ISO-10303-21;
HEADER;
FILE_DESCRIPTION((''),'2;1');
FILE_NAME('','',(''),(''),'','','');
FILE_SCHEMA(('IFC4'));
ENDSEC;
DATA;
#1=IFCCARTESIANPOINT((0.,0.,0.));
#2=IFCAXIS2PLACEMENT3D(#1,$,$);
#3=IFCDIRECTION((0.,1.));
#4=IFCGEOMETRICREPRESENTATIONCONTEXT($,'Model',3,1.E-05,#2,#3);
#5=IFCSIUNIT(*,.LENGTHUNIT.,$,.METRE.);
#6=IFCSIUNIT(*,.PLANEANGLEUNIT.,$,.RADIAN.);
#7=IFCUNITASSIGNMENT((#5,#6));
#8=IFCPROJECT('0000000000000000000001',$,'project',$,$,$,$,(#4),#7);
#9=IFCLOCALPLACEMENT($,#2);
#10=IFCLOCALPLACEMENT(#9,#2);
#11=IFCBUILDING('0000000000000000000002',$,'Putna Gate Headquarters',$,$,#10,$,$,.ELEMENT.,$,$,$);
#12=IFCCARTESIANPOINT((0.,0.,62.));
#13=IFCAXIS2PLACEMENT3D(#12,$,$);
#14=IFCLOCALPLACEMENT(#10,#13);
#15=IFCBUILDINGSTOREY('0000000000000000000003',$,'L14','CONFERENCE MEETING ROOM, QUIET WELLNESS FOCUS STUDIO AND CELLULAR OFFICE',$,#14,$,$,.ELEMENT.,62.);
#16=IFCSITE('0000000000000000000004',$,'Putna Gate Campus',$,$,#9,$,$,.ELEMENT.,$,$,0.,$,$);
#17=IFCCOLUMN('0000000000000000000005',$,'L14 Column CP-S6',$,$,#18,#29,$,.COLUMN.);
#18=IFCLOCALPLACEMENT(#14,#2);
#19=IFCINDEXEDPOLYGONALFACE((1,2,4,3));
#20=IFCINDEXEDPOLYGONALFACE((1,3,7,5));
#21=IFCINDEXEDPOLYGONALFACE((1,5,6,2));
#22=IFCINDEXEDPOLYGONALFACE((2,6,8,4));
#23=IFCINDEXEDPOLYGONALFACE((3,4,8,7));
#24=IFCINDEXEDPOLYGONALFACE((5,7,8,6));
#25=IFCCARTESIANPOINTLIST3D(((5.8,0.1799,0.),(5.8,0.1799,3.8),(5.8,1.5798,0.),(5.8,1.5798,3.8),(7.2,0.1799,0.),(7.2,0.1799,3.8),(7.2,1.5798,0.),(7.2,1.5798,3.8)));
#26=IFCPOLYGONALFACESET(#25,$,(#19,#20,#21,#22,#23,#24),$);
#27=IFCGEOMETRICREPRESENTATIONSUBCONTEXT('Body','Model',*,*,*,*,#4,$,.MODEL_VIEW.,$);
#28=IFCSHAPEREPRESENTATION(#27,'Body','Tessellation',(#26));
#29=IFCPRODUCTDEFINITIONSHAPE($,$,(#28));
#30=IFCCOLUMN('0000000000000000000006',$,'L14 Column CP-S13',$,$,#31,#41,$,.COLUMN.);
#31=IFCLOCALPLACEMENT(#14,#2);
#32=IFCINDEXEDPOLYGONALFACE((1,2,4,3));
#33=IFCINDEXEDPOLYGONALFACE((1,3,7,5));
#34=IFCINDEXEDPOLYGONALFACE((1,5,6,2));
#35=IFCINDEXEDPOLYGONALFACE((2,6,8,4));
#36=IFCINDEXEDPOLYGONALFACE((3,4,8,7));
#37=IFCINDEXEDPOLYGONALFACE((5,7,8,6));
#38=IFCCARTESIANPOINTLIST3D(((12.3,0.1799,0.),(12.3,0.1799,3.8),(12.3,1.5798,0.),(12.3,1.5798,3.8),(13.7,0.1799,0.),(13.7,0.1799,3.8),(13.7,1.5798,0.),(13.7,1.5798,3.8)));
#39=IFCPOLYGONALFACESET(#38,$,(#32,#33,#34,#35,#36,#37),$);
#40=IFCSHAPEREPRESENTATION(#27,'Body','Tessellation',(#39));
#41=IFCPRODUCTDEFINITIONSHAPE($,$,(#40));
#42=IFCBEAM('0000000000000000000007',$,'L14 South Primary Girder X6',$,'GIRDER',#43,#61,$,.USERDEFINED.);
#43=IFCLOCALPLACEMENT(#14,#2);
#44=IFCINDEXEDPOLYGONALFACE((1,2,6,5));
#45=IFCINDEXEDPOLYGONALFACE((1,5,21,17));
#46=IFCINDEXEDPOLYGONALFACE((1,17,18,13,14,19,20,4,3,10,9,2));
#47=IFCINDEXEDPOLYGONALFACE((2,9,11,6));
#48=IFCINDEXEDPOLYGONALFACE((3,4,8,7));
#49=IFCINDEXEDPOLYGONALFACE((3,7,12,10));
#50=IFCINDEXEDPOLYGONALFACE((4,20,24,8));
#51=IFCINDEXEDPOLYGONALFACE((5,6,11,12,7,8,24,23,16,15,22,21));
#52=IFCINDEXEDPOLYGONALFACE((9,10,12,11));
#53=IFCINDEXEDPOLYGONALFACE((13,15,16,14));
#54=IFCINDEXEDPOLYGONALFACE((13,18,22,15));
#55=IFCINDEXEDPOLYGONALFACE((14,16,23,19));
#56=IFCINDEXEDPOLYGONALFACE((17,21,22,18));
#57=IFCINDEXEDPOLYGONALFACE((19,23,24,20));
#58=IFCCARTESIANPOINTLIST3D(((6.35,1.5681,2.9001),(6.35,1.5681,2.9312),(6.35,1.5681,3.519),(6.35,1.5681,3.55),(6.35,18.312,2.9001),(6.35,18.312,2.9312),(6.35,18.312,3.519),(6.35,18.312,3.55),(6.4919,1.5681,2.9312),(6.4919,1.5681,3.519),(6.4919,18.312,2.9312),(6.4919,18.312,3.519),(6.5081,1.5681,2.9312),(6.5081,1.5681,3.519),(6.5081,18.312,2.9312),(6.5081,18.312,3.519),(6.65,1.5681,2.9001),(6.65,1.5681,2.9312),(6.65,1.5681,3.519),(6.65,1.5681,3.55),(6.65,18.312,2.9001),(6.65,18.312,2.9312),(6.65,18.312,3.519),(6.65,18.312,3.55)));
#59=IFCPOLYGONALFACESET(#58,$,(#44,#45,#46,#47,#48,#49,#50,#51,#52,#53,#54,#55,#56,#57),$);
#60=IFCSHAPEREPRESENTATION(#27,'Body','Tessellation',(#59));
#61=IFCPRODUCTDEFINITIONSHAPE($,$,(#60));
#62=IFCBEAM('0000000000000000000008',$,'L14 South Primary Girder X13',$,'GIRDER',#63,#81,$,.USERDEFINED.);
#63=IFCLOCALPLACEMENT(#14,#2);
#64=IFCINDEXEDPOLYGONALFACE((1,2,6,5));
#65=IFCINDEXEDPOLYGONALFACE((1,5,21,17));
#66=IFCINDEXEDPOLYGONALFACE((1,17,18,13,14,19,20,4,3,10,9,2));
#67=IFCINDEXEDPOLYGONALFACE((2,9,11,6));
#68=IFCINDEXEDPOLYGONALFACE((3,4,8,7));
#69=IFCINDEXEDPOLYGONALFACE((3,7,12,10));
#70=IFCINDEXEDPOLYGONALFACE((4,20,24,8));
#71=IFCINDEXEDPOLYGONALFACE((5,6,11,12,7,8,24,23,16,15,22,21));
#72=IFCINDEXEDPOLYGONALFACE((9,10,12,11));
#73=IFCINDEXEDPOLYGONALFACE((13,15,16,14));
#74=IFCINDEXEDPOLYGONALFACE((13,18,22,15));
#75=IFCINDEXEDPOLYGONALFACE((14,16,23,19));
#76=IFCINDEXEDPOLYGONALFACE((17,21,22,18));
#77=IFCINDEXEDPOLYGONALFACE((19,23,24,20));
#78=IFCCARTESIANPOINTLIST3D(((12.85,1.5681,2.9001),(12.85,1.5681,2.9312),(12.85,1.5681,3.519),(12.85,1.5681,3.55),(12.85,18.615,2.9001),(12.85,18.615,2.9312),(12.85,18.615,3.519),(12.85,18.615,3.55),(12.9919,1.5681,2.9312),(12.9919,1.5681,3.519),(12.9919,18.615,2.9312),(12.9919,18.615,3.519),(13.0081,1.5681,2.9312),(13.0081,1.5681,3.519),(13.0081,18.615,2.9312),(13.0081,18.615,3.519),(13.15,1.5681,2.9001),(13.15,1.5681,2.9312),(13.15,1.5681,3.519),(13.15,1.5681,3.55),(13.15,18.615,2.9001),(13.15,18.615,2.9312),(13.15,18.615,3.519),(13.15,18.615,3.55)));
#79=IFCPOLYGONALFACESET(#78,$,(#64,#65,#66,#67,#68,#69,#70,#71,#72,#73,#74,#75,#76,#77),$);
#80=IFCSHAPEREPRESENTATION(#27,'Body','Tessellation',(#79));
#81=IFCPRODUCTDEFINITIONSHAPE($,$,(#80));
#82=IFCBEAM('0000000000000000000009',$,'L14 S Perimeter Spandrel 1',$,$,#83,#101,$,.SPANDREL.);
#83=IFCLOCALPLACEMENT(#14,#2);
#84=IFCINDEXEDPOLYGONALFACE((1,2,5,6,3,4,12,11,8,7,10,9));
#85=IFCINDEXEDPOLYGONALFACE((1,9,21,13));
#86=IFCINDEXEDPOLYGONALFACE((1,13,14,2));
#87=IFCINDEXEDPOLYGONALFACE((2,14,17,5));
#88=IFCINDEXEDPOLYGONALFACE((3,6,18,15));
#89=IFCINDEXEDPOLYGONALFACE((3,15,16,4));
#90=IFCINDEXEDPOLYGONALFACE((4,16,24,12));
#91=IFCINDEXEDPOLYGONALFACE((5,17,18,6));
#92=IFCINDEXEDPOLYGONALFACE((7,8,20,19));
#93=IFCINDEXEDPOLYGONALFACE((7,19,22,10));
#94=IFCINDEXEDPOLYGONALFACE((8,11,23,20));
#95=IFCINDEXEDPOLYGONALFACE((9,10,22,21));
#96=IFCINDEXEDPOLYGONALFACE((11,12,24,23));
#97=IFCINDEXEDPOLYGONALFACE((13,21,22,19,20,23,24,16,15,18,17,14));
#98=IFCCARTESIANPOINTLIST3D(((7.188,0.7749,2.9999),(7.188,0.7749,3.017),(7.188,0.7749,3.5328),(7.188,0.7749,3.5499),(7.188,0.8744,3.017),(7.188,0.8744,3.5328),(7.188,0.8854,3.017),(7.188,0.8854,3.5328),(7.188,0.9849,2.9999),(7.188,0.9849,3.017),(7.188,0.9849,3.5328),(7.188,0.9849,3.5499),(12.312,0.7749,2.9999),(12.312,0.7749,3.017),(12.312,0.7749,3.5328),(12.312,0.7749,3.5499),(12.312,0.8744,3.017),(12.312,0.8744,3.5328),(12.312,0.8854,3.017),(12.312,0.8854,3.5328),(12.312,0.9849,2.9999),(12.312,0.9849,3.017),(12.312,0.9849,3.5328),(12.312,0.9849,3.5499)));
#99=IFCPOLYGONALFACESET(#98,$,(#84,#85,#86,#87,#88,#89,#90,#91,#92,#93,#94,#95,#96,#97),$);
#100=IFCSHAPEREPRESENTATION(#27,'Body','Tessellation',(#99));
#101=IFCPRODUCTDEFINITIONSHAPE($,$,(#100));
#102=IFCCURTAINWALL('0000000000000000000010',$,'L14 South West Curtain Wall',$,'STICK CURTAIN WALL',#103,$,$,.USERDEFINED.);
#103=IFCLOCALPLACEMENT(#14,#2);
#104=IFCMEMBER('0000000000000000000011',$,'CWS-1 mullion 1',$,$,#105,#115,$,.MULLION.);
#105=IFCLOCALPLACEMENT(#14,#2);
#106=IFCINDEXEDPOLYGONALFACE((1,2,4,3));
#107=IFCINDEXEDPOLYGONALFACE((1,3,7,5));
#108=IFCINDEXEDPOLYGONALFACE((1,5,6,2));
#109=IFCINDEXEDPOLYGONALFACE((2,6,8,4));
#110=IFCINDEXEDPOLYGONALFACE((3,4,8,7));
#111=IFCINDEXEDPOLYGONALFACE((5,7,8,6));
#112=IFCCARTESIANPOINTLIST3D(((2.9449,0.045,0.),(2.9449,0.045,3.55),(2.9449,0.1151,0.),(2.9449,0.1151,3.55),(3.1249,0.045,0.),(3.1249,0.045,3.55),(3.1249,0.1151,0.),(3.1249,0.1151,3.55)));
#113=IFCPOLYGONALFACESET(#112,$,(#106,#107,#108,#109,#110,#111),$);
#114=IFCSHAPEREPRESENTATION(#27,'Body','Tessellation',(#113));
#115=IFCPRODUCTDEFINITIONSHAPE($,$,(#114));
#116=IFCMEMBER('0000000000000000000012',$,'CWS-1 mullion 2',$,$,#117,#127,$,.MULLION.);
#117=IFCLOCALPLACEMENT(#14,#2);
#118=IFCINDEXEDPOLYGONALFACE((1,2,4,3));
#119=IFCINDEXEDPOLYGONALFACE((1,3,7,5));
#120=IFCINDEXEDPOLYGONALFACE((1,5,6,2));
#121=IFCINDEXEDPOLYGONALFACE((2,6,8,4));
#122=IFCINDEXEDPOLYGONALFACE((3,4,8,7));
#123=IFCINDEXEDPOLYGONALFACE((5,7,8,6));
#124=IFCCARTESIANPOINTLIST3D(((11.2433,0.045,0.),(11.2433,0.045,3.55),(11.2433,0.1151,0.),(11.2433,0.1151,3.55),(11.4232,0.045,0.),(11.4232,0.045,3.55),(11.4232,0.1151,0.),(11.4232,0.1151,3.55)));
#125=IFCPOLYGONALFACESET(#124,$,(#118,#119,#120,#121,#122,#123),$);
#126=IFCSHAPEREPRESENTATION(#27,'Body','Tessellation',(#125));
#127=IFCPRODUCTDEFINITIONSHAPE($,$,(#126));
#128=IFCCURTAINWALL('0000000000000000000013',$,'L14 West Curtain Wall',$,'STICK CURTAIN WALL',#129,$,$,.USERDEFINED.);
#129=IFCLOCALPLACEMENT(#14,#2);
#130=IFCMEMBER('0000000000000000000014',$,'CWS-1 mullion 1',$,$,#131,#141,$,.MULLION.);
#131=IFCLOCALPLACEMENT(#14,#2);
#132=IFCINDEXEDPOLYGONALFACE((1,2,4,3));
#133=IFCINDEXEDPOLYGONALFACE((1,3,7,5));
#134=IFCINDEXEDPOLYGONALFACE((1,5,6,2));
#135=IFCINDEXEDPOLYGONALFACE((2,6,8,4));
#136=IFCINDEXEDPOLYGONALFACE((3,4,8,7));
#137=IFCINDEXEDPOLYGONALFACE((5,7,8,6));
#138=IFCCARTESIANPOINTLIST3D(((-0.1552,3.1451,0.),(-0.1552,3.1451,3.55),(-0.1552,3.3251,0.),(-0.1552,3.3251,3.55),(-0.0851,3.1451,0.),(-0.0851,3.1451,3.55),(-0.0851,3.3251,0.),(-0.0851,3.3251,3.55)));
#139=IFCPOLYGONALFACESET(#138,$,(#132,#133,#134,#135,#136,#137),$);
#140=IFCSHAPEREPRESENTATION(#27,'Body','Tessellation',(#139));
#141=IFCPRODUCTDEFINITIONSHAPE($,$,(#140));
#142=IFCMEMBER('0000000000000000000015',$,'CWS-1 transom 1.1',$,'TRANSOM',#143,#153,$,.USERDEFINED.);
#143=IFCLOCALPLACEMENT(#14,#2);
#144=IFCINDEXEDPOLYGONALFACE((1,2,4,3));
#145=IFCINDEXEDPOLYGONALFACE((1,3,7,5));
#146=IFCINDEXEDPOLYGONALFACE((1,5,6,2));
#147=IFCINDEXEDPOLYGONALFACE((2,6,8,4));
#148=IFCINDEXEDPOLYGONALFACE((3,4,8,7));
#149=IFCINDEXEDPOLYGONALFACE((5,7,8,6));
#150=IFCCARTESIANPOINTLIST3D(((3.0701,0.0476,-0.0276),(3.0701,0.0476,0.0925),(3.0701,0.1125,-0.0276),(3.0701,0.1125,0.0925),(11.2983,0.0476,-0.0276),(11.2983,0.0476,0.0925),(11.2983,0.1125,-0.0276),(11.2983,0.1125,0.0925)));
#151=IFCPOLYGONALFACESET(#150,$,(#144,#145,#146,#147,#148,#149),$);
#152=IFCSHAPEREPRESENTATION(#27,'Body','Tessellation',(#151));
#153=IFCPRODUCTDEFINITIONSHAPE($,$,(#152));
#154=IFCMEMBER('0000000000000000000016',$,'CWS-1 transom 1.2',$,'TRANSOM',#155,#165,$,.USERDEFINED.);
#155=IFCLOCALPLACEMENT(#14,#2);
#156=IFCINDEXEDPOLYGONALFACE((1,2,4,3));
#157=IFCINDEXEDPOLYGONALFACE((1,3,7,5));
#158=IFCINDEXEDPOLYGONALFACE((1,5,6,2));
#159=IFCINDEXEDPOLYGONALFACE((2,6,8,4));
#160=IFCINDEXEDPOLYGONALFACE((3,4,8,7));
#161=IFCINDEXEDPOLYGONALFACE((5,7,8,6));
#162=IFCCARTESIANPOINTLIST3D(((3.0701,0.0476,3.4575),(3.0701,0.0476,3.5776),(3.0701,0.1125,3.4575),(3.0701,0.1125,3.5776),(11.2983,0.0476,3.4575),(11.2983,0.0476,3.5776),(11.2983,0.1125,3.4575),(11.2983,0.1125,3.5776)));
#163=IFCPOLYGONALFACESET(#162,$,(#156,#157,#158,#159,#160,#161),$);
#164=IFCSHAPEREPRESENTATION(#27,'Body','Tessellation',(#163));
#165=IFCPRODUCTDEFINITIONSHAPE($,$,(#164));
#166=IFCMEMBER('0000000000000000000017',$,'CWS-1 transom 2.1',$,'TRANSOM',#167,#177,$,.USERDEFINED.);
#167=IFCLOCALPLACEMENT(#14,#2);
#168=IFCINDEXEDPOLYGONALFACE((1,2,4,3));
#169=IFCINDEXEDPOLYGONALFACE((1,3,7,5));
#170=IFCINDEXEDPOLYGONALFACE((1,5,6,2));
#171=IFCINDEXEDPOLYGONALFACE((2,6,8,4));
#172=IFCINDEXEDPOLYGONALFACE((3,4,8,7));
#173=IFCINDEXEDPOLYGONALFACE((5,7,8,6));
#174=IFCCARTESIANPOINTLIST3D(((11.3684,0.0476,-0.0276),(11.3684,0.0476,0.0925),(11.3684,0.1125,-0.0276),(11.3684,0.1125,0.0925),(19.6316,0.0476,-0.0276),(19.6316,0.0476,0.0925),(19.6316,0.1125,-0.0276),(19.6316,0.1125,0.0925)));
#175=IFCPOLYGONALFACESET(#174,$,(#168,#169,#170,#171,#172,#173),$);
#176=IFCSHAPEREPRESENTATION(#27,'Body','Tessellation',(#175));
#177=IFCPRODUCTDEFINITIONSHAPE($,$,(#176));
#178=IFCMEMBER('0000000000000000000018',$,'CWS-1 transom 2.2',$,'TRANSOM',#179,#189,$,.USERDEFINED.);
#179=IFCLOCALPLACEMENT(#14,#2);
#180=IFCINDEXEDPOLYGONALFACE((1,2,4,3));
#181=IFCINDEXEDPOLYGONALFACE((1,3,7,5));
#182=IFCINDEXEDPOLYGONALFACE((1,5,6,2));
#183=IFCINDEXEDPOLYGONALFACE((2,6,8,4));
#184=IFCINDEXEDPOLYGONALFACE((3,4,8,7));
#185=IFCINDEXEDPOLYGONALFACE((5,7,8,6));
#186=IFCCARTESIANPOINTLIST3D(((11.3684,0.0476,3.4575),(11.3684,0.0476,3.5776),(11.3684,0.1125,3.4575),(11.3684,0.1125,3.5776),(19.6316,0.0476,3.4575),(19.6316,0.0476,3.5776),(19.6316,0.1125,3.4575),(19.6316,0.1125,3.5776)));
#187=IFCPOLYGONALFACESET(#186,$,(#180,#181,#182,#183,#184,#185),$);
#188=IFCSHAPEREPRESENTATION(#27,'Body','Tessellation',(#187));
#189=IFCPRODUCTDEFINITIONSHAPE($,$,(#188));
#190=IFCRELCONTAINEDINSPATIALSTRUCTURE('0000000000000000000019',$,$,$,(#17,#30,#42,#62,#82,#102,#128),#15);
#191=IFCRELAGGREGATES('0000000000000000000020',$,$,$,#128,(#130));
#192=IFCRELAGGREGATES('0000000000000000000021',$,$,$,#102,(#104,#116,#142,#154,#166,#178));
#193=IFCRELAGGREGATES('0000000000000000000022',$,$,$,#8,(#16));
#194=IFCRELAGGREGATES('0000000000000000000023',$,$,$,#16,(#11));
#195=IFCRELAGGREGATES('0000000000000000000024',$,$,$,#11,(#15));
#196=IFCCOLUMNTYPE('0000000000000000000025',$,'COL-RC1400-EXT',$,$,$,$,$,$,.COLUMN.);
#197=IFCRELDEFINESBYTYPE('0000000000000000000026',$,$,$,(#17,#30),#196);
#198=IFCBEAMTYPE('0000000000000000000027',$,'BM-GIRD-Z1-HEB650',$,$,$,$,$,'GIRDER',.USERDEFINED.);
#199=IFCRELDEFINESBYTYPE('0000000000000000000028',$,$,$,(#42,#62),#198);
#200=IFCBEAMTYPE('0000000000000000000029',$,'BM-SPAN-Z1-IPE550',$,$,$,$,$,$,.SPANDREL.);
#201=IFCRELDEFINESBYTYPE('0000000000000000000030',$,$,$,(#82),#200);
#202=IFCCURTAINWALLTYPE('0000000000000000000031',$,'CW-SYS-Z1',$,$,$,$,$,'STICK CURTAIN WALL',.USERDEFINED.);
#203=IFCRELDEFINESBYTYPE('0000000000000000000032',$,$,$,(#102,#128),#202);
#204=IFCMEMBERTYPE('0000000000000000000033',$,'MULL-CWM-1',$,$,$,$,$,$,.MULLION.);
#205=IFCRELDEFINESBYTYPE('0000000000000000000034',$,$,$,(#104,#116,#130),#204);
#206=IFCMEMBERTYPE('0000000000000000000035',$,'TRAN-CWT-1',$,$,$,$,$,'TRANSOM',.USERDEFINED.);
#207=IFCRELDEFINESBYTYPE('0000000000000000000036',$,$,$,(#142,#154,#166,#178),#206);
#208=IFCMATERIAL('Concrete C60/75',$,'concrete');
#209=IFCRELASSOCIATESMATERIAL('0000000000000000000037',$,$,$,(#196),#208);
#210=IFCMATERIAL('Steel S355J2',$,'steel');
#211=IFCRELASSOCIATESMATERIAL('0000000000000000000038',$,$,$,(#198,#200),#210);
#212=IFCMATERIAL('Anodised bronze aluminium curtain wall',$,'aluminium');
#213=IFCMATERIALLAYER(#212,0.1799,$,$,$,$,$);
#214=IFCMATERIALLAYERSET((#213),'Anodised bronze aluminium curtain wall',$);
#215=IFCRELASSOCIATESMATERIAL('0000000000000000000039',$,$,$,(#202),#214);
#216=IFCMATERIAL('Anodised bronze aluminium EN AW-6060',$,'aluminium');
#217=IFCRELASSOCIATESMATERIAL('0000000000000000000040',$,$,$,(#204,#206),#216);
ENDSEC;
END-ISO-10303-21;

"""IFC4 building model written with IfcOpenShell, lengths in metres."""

from ifc_helpers import new_model, si_unit, direction, frame, origin, origin_2d, place, context, subcontext, project, spatial, rectangle, i_section, extrude, material, layer, layer_set, material_profile, profile_set, type_object, element, aggregate, save


model = new_model("IFC4")

# Units and contexts
model_context = context("Model", 3, precision=1e-05, world=origin(), true_north=direction((0.0, 1.0)))
body_context = subcontext(model_context, "Body", "Model", "MODEL_VIEW")
ifc_project = project(units=[si_unit("LENGTHUNIT", "METRE"), si_unit("PLANEANGLEUNIT", "RADIAN")], contexts=[model_context])

# Site, building, storey
site_placement = place(None, origin())
site = spatial("IfcSite", under=ifc_project, at=site_placement, Name="Putna Gate Campus", CompositionType="ELEMENT", RefElevation=0.0)
building_placement = place(site_placement, origin())
building = spatial("IfcBuilding", under=site, at=building_placement, Name="Putna Gate Headquarters", CompositionType="ELEMENT")
storey_placement = place(building_placement, frame((0.0, 0.0, 62.0)))
storey = spatial("IfcBuildingStorey", under=building, at=storey_placement, Name="L14", Description="CONFERENCE MEETING ROOM, QUIET WELLNESS FOCUS STUDIO AND CELLULAR OFFICE", CompositionType="ELEMENT", Elevation=62.0)

# Columns
ifc_material_1 = material(Name="Concrete C60/75", Category="concrete")
ifc_material_profile_1 = material_profile(ifc_material_1, rectangle(XDim=1.3999, YDim=1.3999, at=origin_2d()), Name="Concrete C60/75")
ifc_profile_set_1 = profile_set([ifc_material_profile_1], Name="Concrete C60/75")
column_type = type_object("IfcColumnType", Name="COL-RC1400-EXT", PredefinedType="COLUMN", material=ifc_profile_set_1)
for number, where, z_axis, x_axis, name in (
    (1, (6.5, 0.8799, 0.0), (0.0, 0.0, 1.0), (1.0, 0.0, 0.0), "L14 Column CP-S6"),
    (2, (13.0, 0.8799, 0.0), (0.0, 0.0, 1.0), (1.0, 0.0, 0.0), "L14 Column CP-S13"),
):
    element("IfcColumn", number, at=place(storey_placement, frame(where, z_axis=z_axis, x_axis=x_axis)), inside=storey, type_object=column_type, Name=name, PredefinedType="COLUMN", context=body_context, shape_type="SweptSolid", body=[
        extrude(rectangle(XDim=1.3999, YDim=1.3999, at=origin_2d()), origin(), (0.0, 0.0, 1.0), 3.8),
    ])

# Beams
ifc_material_2 = material(Name="Steel S355J2", Category="steel")
ifc_material_profile_2 = material_profile(ifc_material_2, i_section(OverallWidth=0.3, OverallDepth=0.6499, WebThickness=0.0161, FlangeThickness=0.031, at=origin_2d()), Name="Steel S355J2")
ifc_profile_set_2 = profile_set([ifc_material_profile_2], Name="Steel S355J2")
beam_type_1 = type_object("IfcBeamType", Name="BM-GIRD-Z1-HEB650", ElementType="GIRDER", PredefinedType="USERDEFINED", material=ifc_profile_set_2)
beam_1_placement = place(storey_placement, frame((6.5, 1.5681, 3.2251), z_axis=(0.0, 1.0, 0.0), x_axis=(-1.0, 0.0, 0.0)))
element("IfcBeam", 3, at=beam_1_placement, inside=storey, type_object=beam_type_1, Name="L14 South Primary Girder X6", ObjectType="GIRDER", PredefinedType="USERDEFINED", context=body_context, shape_type="SweptSolid", body=[
    extrude(i_section(OverallWidth=0.3, OverallDepth=0.6499, WebThickness=0.0161, FlangeThickness=0.031, at=origin_2d()), origin(), (0.0, 0.0, 1.0), 16.7439),
])
beam_2_placement = place(storey_placement, frame((13.0, 1.5681, 3.2251), z_axis=(0.0, 1.0, 0.0), x_axis=(-1.0, 0.0, 0.0)))
element("IfcBeam", 4, at=beam_2_placement, inside=storey, type_object=beam_type_1, Name="L14 South Primary Girder X13", ObjectType="GIRDER", PredefinedType="USERDEFINED", context=body_context, shape_type="SweptSolid", body=[
    extrude(i_section(OverallWidth=0.3, OverallDepth=0.6499, WebThickness=0.0161, FlangeThickness=0.031, at=origin_2d()), origin(), (0.0, 0.0, 1.0), 17.0469),
])
ifc_material_profile_3 = material_profile(ifc_material_2, i_section(OverallWidth=0.21, OverallDepth=0.55, WebThickness=0.011, FlangeThickness=0.0171, at=origin_2d()), Name="Steel S355J2")
ifc_profile_set_3 = profile_set([ifc_material_profile_3], Name="Steel S355J2")
beam_type_2 = type_object("IfcBeamType", Name="BM-SPAN-Z1-IPE550", PredefinedType="SPANDREL", material=ifc_profile_set_3)
beam_3_placement = place(storey_placement, frame((7.188, 0.8799, 3.2749), z_axis=(1.0, 0.0, 0.0), x_axis=(0.0, 1.0, 0.0)))
element("IfcBeam", 5, at=beam_3_placement, inside=storey, type_object=beam_type_2, Name="L14 S Perimeter Spandrel 1", PredefinedType="SPANDREL", context=body_context, shape_type="SweptSolid", body=[
    extrude(i_section(OverallWidth=0.21, OverallDepth=0.55, WebThickness=0.011, FlangeThickness=0.0171, at=origin_2d()), origin(), (0.0, 0.0, 1.0), 5.124),
])

# Curtain wall, members
ifc_material_3 = material(Name="Anodised bronze aluminium curtain wall", Category="aluminium")
ifc_layer_1 = layer(ifc_material_3, 0.1799)
ifc_layer_set_1 = layer_set([ifc_layer_1], Name="Anodised bronze aluminium curtain wall")
curtain_wall_type = type_object("IfcCurtainWallType", Name="CW-SYS-Z1", ElementType="STICK CURTAIN WALL", PredefinedType="USERDEFINED", material=ifc_layer_set_1)
curtain_wall_1_placement = place(storey_placement, origin())
curtain_wall_1 = element("IfcCurtainWall", 6, at=curtain_wall_1_placement, inside=storey, type_object=curtain_wall_type, Name="L14 South West Curtain Wall", ObjectType="STICK CURTAIN WALL", PredefinedType="USERDEFINED")
ifc_material_4 = material(Name="Anodised bronze aluminium EN AW-6060", Category="aluminium")
ifc_material_profile_4 = material_profile(ifc_material_4, rectangle(XDim=0.0701, YDim=0.1799, at=origin_2d()), Name="Anodised bronze aluminium EN AW-6060")
ifc_profile_set_4 = profile_set([ifc_material_profile_4], Name="Anodised bronze aluminium EN AW-6060")
member_type_1 = type_object("IfcMemberType", Name="MULL-CWM-1", PredefinedType="MULLION", material=ifc_profile_set_4)
member_1_placement = place(storey_placement, frame((3.0349, 0.0801, 0.0), z_axis=(0.0, 0.0, 1.0), x_axis=(0.0, 1.0, 0.0)))
member_1 = element("IfcMember", 7, at=member_1_placement, type_object=member_type_1, Name="CWS-1 mullion 1", PredefinedType="MULLION", context=body_context, shape_type="SweptSolid", body=[
    extrude(rectangle(XDim=0.0701, YDim=0.1799, at=origin_2d()), origin(), (0.0, 0.0, 1.0), 3.55),
])
member_2_placement = place(storey_placement, frame((11.3333, 0.0801, 0.0), z_axis=(0.0, 0.0, 1.0), x_axis=(0.0, 1.0, 0.0)))
member_2 = element("IfcMember", 8, at=member_2_placement, type_object=member_type_1, Name="CWS-1 mullion 2", PredefinedType="MULLION", context=body_context, shape_type="SweptSolid", body=[
    extrude(rectangle(XDim=0.0701, YDim=0.1799, at=origin_2d()), origin(), (0.0, 0.0, 1.0), 3.55),
])

# Curtain wall, member
curtain_wall_2_placement = place(storey_placement, origin())
curtain_wall_2 = element("IfcCurtainWall", 9, at=curtain_wall_2_placement, inside=storey, type_object=curtain_wall_type, Name="L14 West Curtain Wall", ObjectType="STICK CURTAIN WALL", PredefinedType="USERDEFINED")
member_3_placement = place(storey_placement, frame((-0.1201, 3.2351, 0.0), z_axis=(0.0, 0.0, 1.0), x_axis=(-1.0, 0.0, 0.0)))
member_3 = element("IfcMember", 10, at=member_3_placement, type_object=member_type_1, Name="CWS-1 mullion 1", PredefinedType="MULLION", context=body_context, shape_type="SweptSolid", body=[
    extrude(rectangle(XDim=0.0701, YDim=0.1799, at=origin_2d()), origin(), (0.0, 0.0, 1.0), 3.55),
])

# Members
ifc_material_profile_5 = material_profile(ifc_material_4, rectangle(XDim=0.0649, YDim=0.1201, at=origin_2d()), Name="Anodised bronze aluminium EN AW-6060")
ifc_profile_set_5 = profile_set([ifc_material_profile_5], Name="Anodised bronze aluminium EN AW-6060")
member_type_2 = type_object("IfcMemberType", Name="TRAN-CWT-1", ElementType="TRANSOM", PredefinedType="USERDEFINED", material=ifc_profile_set_5)
member_4_placement = place(storey_placement, frame((3.0701, 0.0801, 0.0325), z_axis=(1.0, 0.0, 0.0), x_axis=(0.0, 1.0, 0.0)))
member_4 = element("IfcMember", 11, at=member_4_placement, type_object=member_type_2, Name="CWS-1 transom 1.1", ObjectType="TRANSOM", PredefinedType="USERDEFINED", context=body_context, shape_type="SweptSolid", body=[
    extrude(rectangle(XDim=0.0649, YDim=0.1201, at=origin_2d()), origin(), (0.0, 0.0, 1.0), 8.2283),
])
member_5_placement = place(storey_placement, frame((3.0701, 0.0801, 3.5176), z_axis=(1.0, 0.0, 0.0), x_axis=(0.0, 1.0, 0.0)))
member_5 = element("IfcMember", 12, at=member_5_placement, type_object=member_type_2, Name="CWS-1 transom 1.2", ObjectType="TRANSOM", PredefinedType="USERDEFINED", context=body_context, shape_type="SweptSolid", body=[
    extrude(rectangle(XDim=0.0649, YDim=0.1201, at=origin_2d()), origin(), (0.0, 0.0, 1.0), 8.2283),
])
member_6_placement = place(storey_placement, frame((11.3684, 0.0801, 0.0325), z_axis=(1.0, 0.0, 0.0), x_axis=(0.0, 1.0, 0.0)))
member_6 = element("IfcMember", 13, at=member_6_placement, type_object=member_type_2, Name="CWS-1 transom 2.1", ObjectType="TRANSOM", PredefinedType="USERDEFINED", context=body_context, shape_type="SweptSolid", body=[
    extrude(rectangle(XDim=0.0649, YDim=0.1201, at=origin_2d()), origin(), (0.0, 0.0, 1.0), 8.2632),
])
member_7_placement = place(storey_placement, frame((11.3684, 0.0801, 3.5176), z_axis=(1.0, 0.0, 0.0), x_axis=(0.0, 1.0, 0.0)))
member_7 = element("IfcMember", 14, at=member_7_placement, type_object=member_type_2, Name="CWS-1 transom 2.2", ObjectType="TRANSOM", PredefinedType="USERDEFINED", context=body_context, shape_type="SweptSolid", body=[
    extrude(rectangle(XDim=0.0649, YDim=0.1201, at=origin_2d()), origin(), (0.0, 0.0, 1.0), 8.2632),
])
aggregate(curtain_wall_2, [member_3])

aggregate(curtain_wall_1, [member_1, member_2, member_4, member_5, member_6, member_7])

save(model, "model.ifc")
